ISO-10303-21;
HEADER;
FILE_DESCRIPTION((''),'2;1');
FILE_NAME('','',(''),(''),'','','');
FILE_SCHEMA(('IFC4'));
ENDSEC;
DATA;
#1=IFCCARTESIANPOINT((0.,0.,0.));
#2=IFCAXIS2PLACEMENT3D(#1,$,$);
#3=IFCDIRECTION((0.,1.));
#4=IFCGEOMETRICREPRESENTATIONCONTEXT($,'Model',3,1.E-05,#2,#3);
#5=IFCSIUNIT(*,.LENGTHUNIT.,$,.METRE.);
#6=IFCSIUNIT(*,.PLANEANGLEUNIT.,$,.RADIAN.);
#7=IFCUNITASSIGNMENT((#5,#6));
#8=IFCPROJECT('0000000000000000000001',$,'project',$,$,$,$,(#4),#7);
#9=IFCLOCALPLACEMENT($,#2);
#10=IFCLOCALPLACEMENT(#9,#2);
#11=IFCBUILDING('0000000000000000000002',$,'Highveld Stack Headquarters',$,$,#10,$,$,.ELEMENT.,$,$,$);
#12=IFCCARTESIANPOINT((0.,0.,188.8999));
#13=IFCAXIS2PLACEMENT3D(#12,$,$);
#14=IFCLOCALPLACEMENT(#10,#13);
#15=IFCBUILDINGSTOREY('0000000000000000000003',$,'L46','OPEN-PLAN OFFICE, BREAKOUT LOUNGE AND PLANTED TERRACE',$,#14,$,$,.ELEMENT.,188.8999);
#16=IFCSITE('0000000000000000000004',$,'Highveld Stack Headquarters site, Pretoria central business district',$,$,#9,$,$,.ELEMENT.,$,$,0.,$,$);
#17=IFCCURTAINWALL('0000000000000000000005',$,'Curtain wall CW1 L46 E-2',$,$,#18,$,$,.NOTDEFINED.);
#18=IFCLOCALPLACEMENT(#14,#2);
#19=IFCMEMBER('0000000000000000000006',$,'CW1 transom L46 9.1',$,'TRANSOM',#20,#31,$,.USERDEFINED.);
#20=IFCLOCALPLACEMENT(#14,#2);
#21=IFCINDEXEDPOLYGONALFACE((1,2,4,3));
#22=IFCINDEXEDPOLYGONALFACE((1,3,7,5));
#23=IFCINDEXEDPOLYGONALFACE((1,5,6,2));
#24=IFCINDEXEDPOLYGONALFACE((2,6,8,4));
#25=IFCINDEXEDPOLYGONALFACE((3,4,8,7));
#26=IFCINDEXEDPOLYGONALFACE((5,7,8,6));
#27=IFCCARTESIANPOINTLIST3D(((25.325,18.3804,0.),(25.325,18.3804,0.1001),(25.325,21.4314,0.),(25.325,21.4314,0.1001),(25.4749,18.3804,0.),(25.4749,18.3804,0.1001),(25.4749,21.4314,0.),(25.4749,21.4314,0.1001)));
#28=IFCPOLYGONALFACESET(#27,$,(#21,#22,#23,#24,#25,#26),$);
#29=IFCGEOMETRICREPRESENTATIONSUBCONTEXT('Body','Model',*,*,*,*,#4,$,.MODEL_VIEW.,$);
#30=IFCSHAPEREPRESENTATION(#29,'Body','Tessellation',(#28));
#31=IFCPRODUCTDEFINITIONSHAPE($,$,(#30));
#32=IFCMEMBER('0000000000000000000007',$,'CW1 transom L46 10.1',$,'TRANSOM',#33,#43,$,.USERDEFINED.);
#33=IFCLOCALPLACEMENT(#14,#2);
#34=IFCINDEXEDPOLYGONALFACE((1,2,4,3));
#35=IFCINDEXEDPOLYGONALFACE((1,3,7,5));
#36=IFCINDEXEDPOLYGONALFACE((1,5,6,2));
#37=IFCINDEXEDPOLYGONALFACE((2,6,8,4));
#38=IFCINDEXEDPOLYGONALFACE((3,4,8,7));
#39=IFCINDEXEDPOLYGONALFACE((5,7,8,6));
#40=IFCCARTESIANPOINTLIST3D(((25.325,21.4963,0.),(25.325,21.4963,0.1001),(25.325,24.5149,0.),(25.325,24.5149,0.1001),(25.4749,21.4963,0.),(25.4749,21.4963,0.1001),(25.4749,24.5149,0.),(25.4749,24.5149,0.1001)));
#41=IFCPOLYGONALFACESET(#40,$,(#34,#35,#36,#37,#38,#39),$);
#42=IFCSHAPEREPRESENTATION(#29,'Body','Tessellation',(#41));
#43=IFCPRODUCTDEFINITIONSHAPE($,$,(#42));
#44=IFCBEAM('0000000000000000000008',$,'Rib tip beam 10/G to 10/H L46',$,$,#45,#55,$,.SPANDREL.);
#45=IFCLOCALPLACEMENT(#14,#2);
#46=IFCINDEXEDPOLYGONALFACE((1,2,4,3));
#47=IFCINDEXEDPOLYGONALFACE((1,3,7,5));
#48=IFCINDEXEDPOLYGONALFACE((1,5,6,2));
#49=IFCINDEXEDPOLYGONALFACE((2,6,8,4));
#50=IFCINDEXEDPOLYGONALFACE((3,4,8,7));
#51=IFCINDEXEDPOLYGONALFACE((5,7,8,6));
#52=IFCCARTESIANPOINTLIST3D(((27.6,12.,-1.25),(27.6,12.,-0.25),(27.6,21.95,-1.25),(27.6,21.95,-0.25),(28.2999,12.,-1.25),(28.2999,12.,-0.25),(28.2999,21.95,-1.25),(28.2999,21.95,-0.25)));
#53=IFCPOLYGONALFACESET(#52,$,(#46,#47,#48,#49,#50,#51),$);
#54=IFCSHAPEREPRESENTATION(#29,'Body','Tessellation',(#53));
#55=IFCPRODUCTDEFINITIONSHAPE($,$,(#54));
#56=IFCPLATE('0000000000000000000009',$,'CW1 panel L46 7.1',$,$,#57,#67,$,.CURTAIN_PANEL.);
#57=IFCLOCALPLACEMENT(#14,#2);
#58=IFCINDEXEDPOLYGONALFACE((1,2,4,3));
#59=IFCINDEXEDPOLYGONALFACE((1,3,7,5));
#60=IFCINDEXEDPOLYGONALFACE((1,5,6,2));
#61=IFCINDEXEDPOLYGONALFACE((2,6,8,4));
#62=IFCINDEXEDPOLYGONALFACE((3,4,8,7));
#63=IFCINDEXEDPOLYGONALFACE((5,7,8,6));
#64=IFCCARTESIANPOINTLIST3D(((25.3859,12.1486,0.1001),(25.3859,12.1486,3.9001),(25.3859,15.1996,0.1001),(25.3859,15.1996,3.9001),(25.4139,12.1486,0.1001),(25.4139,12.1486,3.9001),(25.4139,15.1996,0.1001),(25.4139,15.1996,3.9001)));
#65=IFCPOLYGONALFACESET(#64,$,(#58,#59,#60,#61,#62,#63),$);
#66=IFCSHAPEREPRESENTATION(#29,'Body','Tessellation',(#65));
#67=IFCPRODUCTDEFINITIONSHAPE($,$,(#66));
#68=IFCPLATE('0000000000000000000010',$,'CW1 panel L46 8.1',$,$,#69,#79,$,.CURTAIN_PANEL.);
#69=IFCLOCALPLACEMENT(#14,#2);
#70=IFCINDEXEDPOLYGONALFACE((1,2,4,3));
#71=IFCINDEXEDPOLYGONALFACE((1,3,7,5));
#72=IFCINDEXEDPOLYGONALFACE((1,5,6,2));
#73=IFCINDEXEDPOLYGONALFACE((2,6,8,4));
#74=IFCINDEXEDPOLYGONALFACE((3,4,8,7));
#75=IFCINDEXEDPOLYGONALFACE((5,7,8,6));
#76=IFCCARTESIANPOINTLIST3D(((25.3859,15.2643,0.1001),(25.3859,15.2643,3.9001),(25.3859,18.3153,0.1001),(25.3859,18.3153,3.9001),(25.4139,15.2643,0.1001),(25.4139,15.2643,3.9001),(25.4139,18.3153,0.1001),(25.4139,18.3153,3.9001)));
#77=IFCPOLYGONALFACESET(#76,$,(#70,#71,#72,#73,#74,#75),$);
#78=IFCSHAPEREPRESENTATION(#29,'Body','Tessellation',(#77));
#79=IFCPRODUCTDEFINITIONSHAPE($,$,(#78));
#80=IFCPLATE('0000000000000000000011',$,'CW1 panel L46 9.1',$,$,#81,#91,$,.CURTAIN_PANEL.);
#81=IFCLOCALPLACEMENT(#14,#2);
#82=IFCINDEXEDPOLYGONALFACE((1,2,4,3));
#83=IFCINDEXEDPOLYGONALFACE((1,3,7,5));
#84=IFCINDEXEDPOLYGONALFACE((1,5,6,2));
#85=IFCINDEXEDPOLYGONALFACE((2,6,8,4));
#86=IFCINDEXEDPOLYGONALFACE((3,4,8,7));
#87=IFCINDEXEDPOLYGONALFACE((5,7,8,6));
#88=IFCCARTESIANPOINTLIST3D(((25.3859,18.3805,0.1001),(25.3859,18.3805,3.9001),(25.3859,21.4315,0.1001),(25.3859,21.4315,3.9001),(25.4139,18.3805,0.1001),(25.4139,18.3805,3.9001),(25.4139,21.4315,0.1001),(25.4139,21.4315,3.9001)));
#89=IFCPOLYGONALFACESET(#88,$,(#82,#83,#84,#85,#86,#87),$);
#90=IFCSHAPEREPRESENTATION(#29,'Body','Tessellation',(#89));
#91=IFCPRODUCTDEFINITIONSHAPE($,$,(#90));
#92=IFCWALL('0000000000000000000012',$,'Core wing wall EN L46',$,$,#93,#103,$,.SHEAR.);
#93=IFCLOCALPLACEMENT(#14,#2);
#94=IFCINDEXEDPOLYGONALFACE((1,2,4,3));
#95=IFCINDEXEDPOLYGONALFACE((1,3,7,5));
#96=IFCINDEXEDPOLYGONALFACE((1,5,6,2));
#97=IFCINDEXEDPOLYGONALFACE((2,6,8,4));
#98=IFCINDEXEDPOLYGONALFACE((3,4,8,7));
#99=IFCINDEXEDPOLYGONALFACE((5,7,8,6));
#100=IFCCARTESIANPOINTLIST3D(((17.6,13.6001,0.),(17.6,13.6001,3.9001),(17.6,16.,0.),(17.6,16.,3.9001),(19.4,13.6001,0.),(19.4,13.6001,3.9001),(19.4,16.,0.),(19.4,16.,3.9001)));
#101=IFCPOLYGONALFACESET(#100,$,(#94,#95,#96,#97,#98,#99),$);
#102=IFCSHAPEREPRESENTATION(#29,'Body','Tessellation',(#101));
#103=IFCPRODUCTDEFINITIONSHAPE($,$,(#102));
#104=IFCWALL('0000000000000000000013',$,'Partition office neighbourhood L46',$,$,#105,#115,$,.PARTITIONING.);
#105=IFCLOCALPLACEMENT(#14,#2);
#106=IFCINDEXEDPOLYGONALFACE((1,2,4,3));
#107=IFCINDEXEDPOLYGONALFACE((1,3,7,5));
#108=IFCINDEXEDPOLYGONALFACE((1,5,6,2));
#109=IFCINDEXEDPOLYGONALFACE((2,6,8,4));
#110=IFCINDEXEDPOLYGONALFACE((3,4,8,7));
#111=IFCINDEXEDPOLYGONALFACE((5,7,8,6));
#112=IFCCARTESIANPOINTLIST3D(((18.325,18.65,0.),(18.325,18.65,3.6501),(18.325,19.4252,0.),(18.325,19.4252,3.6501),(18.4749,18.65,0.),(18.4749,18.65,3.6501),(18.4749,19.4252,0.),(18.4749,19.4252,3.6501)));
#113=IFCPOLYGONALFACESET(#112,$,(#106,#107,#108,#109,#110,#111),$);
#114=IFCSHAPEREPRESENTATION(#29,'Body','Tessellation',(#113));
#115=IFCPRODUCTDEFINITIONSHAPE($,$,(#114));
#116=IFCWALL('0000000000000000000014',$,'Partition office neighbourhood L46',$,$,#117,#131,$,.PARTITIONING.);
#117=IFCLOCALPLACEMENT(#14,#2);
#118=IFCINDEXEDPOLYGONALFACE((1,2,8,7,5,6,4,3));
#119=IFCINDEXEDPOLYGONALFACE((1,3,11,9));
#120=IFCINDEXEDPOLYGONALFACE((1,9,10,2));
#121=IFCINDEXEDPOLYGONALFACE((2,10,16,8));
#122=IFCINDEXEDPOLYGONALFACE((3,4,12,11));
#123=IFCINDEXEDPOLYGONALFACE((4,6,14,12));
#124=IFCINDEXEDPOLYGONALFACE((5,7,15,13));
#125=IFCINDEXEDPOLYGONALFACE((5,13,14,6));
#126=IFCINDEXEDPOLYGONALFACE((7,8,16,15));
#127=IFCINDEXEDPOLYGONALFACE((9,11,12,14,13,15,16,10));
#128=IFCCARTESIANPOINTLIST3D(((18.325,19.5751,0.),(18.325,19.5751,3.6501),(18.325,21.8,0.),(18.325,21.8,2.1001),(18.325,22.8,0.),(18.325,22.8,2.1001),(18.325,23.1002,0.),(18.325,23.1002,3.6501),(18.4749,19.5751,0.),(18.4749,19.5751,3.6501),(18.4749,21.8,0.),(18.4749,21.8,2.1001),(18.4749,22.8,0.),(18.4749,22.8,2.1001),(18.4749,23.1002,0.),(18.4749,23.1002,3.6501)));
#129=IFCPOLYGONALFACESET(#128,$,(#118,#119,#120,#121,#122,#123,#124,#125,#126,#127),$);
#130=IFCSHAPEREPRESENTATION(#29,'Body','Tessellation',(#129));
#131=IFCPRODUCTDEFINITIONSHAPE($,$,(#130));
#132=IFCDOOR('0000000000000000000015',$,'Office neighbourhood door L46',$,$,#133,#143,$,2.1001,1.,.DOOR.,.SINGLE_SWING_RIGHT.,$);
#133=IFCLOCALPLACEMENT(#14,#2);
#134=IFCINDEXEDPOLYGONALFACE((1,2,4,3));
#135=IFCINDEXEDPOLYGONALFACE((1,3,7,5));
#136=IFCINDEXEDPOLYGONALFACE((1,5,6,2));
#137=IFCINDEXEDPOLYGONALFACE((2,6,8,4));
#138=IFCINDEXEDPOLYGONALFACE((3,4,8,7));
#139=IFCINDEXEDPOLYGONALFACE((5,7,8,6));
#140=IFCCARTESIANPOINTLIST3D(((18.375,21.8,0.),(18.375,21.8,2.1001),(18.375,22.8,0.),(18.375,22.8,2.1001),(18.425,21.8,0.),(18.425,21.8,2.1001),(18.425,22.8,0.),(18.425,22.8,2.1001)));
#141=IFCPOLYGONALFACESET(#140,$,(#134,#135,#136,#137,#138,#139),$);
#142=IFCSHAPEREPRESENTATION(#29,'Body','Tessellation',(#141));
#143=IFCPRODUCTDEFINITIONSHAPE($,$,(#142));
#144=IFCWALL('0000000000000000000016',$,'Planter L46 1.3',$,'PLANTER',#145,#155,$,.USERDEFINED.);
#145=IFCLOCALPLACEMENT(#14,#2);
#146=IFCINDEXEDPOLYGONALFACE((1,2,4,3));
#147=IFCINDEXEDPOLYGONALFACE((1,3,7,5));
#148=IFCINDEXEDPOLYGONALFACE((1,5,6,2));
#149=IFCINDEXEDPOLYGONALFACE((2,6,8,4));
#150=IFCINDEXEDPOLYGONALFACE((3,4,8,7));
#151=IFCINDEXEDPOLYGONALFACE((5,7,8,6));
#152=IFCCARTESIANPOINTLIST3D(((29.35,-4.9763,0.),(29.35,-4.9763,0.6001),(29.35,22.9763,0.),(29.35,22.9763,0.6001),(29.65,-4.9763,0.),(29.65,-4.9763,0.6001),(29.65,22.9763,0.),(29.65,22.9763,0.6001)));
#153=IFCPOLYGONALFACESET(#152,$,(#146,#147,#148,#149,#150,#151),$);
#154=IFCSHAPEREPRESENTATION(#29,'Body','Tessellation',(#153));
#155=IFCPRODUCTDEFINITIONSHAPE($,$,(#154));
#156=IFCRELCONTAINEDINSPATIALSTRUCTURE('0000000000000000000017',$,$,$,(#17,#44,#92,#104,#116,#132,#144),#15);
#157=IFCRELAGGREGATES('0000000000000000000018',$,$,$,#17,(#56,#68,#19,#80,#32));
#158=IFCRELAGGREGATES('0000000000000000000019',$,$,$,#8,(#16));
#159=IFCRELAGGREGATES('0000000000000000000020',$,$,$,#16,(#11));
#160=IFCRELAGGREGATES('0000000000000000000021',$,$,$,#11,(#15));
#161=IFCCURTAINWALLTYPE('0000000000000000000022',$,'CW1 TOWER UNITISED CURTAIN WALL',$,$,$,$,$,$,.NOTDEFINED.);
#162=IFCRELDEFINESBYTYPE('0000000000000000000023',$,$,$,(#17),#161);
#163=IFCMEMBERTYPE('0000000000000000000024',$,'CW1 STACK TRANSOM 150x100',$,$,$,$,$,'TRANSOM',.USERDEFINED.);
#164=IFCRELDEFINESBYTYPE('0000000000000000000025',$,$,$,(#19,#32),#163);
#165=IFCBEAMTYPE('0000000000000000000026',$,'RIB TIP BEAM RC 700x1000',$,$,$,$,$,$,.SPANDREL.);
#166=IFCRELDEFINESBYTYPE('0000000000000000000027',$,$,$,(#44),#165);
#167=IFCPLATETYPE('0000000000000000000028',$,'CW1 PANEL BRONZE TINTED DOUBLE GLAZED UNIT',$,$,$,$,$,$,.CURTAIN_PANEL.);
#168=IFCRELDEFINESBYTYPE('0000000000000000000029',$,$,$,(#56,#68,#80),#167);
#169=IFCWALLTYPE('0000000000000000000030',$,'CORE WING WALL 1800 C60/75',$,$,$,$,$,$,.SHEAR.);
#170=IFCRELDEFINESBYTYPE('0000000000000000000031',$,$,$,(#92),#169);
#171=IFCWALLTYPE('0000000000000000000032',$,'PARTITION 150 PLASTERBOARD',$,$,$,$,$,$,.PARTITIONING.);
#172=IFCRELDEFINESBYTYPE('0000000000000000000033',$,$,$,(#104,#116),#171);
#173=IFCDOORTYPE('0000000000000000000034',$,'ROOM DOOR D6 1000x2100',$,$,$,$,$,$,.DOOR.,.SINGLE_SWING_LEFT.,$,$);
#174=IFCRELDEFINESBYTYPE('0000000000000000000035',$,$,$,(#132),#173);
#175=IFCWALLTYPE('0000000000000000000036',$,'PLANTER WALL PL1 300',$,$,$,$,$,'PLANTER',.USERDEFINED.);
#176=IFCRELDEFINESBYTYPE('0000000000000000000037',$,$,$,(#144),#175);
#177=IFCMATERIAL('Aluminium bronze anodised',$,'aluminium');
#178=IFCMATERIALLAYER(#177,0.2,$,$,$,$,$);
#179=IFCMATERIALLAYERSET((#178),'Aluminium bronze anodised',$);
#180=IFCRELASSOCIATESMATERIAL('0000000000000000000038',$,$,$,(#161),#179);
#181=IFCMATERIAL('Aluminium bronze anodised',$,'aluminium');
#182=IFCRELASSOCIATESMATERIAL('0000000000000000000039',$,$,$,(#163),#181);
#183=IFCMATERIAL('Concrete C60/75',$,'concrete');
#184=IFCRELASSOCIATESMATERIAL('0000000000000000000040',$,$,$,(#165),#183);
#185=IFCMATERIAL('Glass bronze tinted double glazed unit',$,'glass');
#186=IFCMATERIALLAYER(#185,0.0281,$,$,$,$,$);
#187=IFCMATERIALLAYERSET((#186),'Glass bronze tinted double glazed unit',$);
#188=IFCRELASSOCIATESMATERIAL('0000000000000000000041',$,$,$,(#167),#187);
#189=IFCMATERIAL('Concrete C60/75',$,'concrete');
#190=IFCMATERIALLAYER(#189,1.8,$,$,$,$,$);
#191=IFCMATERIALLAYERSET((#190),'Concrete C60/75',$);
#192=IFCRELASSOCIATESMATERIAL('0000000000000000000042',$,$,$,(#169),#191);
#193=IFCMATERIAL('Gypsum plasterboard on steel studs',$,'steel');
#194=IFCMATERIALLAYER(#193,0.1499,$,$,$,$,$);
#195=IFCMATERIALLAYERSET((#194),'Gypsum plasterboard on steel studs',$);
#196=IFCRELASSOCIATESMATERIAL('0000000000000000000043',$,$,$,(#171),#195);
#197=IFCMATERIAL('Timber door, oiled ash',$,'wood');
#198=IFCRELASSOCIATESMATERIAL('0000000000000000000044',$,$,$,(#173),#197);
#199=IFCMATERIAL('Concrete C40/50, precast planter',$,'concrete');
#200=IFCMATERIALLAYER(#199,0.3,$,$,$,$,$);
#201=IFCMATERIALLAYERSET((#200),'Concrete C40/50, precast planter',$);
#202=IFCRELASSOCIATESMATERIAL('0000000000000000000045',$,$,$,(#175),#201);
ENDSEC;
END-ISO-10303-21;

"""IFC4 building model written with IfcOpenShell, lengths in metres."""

from ifc_helpers import new_model, si_unit, direction, frame, frame_2d, origin, origin_2d, place, context, subcontext, project, spatial, rectangle, extrude, material, layer, layer_set, material_profile, profile_set, type_object, element, fill, aggregate, save


model = new_model("IFC4")

# Units and contexts
model_context = context("Model", 3, precision=1e-05, world=origin(), true_north=direction((0.0, 1.0)))
body_context = subcontext(model_context, "Body", "Model", "MODEL_VIEW")
ifc_project = project(units=[si_unit("LENGTHUNIT", "METRE"), si_unit("PLANEANGLEUNIT", "RADIAN")], contexts=[model_context])

# Site, building, storey
site_placement = place(None, origin())
site = spatial("IfcSite", under=ifc_project, at=site_placement, Name="Highveld Stack Headquarters site, Pretoria central business district", CompositionType="ELEMENT", RefElevation=0.0)
building_placement = place(site_placement, origin())
building = spatial("IfcBuilding", under=site, at=building_placement, Name="Highveld Stack Headquarters", CompositionType="ELEMENT")
storey_placement = place(building_placement, frame((0.0, 0.0, 188.8999)))
storey = spatial("IfcBuildingStorey", under=building, at=storey_placement, Name="L46", Description="OPEN-PLAN OFFICE, BREAKOUT LOUNGE AND PLANTED TERRACE", CompositionType="ELEMENT", Elevation=188.8999)

# Curtain wall, members
ifc_material_1 = material(Name="Aluminium bronze anodised", Category="aluminium")
ifc_layer_1 = layer(ifc_material_1, 0.2)
ifc_layer_set_1 = layer_set([ifc_layer_1], Name="Aluminium bronze anodised")
curtain_wall_type = type_object("IfcCurtainWallType", Name="CW1 TOWER UNITISED CURTAIN WALL", PredefinedType="NOTDEFINED", material=ifc_layer_set_1)
curtain_wall_placement = place(storey_placement, origin())
curtain_wall = element("IfcCurtainWall", 1, at=curtain_wall_placement, inside=storey, type_object=curtain_wall_type, Name="Curtain wall CW1 L46 E-2", PredefinedType="NOTDEFINED")
ifc_material_2 = material(Name="Aluminium bronze anodised", Category="aluminium")
ifc_material_profile_1 = material_profile(ifc_material_2, rectangle(XDim=0.1499, YDim=0.1001, at=origin_2d()), Name="CW1 TRANSOM 150x100")
ifc_profile_set_1 = profile_set([ifc_material_profile_1], Name="Aluminium bronze anodised")
member_type_1 = type_object("IfcMemberType", Name="CW1 STACK TRANSOM 150x100", ElementType="TRANSOM", PredefinedType="USERDEFINED", material=ifc_profile_set_1)
member_1_placement = place(storey_placement, frame((25.3999, 18.3804, 0.05), z_axis=(0.0, 1.0, 0.0), x_axis=(-1.0, 0.0, 0.0)))
member_1 = element("IfcMember", 2, at=member_1_placement, type_object=member_type_1, Name="CW1 transom L46 9.1", ObjectType="TRANSOM", PredefinedType="USERDEFINED", context=body_context, shape_type="SweptSolid", body=[
    extrude(rectangle(XDim=0.1499, YDim=0.1001, at=origin_2d()), origin(), (0.0, 0.0, 1.0), 3.051),
])
member_2_placement = place(storey_placement, frame((25.3999, 21.4963, 0.05), z_axis=(0.0, 1.0, 0.0), x_axis=(-1.0, 0.0, 0.0)))
member_2 = element("IfcMember", 3, at=member_2_placement, type_object=member_type_1, Name="CW1 transom L46 10.1", ObjectType="TRANSOM", PredefinedType="USERDEFINED", context=body_context, shape_type="SweptSolid", body=[
    extrude(rectangle(XDim=0.1499, YDim=0.1001, at=origin_2d()), origin(), (0.0, 0.0, 1.0), 3.0186),
])

# Beam
ifc_material_3 = material(Name="Concrete C60/75", Category="concrete")
ifc_material_profile_2 = material_profile(ifc_material_3, rectangle(XDim=0.7, YDim=1.0, at=origin_2d()), Name="RC 700x1000")
ifc_profile_set_2 = profile_set([ifc_material_profile_2], Name="Concrete C60/75")
beam_type_1 = type_object("IfcBeamType", Name="RIB TIP BEAM RC 700x1000", PredefinedType="SPANDREL", material=ifc_profile_set_2)
beam_1_placement = place(storey_placement, frame((27.95, 12.0, -0.75), z_axis=(0.0, 1.0, 0.0), x_axis=(-1.0, 0.0, 0.0)))
element("IfcBeam", 4, at=beam_1_placement, inside=storey, type_object=beam_type_1, Name="Rib tip beam 10/G to 10/H L46", PredefinedType="SPANDREL", context=body_context, shape_type="SweptSolid", body=[
    extrude(rectangle(XDim=0.7, YDim=1.0, at=origin_2d()), origin(), (0.0, 0.0, 1.0), 9.95),
])

# Plates
ifc_material_4 = material(Name="Glass bronze tinted double glazed unit", Category="glass")
ifc_layer_2 = layer(ifc_material_4, 0.0281)
ifc_layer_set_2 = layer_set([ifc_layer_2], Name="Glass bronze tinted double glazed unit")
plate_type = type_object("IfcPlateType", Name="CW1 PANEL BRONZE TINTED DOUBLE GLAZED UNIT", PredefinedType="CURTAIN_PANEL", material=ifc_layer_set_2)
plate_1_placement = place(storey_placement, frame((25.3999, 13.6741, 0.1001), z_axis=(0.0, 0.0, 1.0), x_axis=(0.0, 1.0, 0.0)))
plate_1 = element("IfcPlate", 5, at=plate_1_placement, type_object=plate_type, Name="CW1 panel L46 7.1", PredefinedType="CURTAIN_PANEL", context=body_context, shape_type="SweptSolid", body=[
    extrude(rectangle(XDim=3.051, YDim=0.0281, at=origin_2d()), origin(), (0.0, 0.0, 1.0), 3.8),
])
plate_2_placement = place(storey_placement, frame((25.3999, 16.7898, 0.1001), z_axis=(0.0, 0.0, 1.0), x_axis=(0.0, 1.0, 0.0)))
plate_2 = element("IfcPlate", 6, at=plate_2_placement, type_object=plate_type, Name="CW1 panel L46 8.1", PredefinedType="CURTAIN_PANEL", context=body_context, shape_type="SweptSolid", body=[
    extrude(rectangle(XDim=3.051, YDim=0.0281, at=origin_2d()), origin(), (0.0, 0.0, 1.0), 3.8),
])
plate_3_placement = place(storey_placement, frame((25.3999, 19.906, 0.1001), z_axis=(0.0, 0.0, 1.0), x_axis=(0.0, 1.0, 0.0)))
plate_3 = element("IfcPlate", 7, at=plate_3_placement, type_object=plate_type, Name="CW1 panel L46 9.1", PredefinedType="CURTAIN_PANEL", context=body_context, shape_type="SweptSolid", body=[
    extrude(rectangle(XDim=3.051, YDim=0.0281, at=origin_2d()), origin(), (0.0, 0.0, 1.0), 3.8),
])
aggregate(curtain_wall, [plate_1, plate_2, member_1, plate_3, member_2])

# Walls
ifc_material_5 = material(Name="Concrete C60/75", Category="concrete")
ifc_layer_3 = layer(ifc_material_5, 1.8)
ifc_layer_set_3 = layer_set([ifc_layer_3], Name="Concrete C60/75")
wall_type_1 = type_object("IfcWallType", Name="CORE WING WALL 1800 C60/75", PredefinedType="SHEAR", material=ifc_layer_set_3)
wall_1_placement = place(storey_placement, frame((18.5, 13.6001, 0.0), z_axis=(0.0, 0.0, 1.0), x_axis=(0.0, 1.0, 0.0)))
element("IfcWall", 8, at=wall_1_placement, inside=storey, type_object=wall_type_1, Name="Core wing wall EN L46", PredefinedType="SHEAR", context=body_context, shape_type="SweptSolid", body=[
    extrude(rectangle(XDim=2.3999, YDim=1.8, at=frame_2d((1.2, 0.0))), origin(), (0.0, 0.0, 1.0), 3.9001),
])
ifc_material_6 = material(Name="Gypsum plasterboard on steel studs", Category="steel")
ifc_layer_4 = layer(ifc_material_6, 0.1499)
ifc_layer_set_4 = layer_set([ifc_layer_4], Name="Gypsum plasterboard on steel studs")
wall_type_2 = type_object("IfcWallType", Name="PARTITION 150 PLASTERBOARD", PredefinedType="PARTITIONING", material=ifc_layer_set_4)
wall_2_placement = place(storey_placement, frame((18.3999, 18.6499, 0.0), z_axis=(0.0, 0.0, 1.0), x_axis=(0.0, 1.0, 0.0)))
element("IfcWall", 9, at=wall_2_placement, inside=storey, type_object=wall_type_2, Name="Partition office neighbourhood L46", PredefinedType="PARTITIONING", context=body_context, shape_type="SweptSolid", body=[
    extrude(rectangle(XDim=0.7751, YDim=0.1499, at=frame_2d((0.3877, 0.0))), origin(), (0.0, 0.0, 1.0), 3.6501),
])

# Wall, opening, door
wall_3_placement = place(storey_placement, frame((18.3999, 19.575, 0.0), z_axis=(0.0, 0.0, 1.0), x_axis=(0.0, 1.0, 0.0)))
wall_3 = element("IfcWall", 10, at=wall_3_placement, inside=storey, type_object=wall_type_2, Name="Partition office neighbourhood L46", PredefinedType="PARTITIONING", context=body_context, shape_type="SweptSolid", body=[
    extrude(rectangle(XDim=3.5251, YDim=0.1499, at=frame_2d((1.7627, 0.0))), origin(), (0.0, 0.0, 1.0), 3.6501),
])
opening_placement = place(wall_3_placement, frame((2.2251, 0.0, 0.0)))
opening = element("IfcOpeningElement", 11, at=opening_placement, cuts=wall_3, PredefinedType="OPENING", context=body_context, shape_type="SweptSolid", body=[
    extrude(rectangle(XDim=1.0, YDim=2.1001, at=frame_2d((0.5, 1.05))), frame((0.0, 0.085, 0.0), z_axis=(0.0, -1.0, 0.0), x_axis=(1.0, 0.0, 0.0)), (0.0, 0.0, 1.0), 0.1699),
])
ifc_material_7 = material(Name="Timber door, oiled ash", Category="wood")
door_type = type_object("IfcDoorType", Name="ROOM DOOR D6 1000x2100", OperationType="SINGLE_SWING_LEFT", PredefinedType="DOOR", material=ifc_material_7)
door_placement = place(opening_placement, origin())
door = element("IfcDoor", 12, at=door_placement, inside=storey, type_object=door_type, Name="Office neighbourhood door L46", OperationType="SINGLE_SWING_RIGHT", OverallHeight=2.1001, OverallWidth=1.0, PredefinedType="DOOR", context=body_context, shape_type="SweptSolid", body=[
    extrude(rectangle(XDim=1.0, YDim=2.1001, at=frame_2d((0.5, 1.05))), frame((0.0, 0.0249, 0.0), z_axis=(0.0, -1.0, 0.0), x_axis=(1.0, 0.0, 0.0)), (0.0, 0.0, 1.0), 0.05),
])
fill(opening, door)

# Wall
ifc_material_8 = material(Name="Concrete C40/50, precast planter", Category="concrete")
ifc_layer_5 = layer(ifc_material_8, 0.3)
ifc_layer_set_5 = layer_set([ifc_layer_5], Name="Concrete C40/50, precast planter")
wall_type_3 = type_object("IfcWallType", Name="PLANTER WALL PL1 300", ElementType="PLANTER", PredefinedType="USERDEFINED", material=ifc_layer_set_5)
wall_4_placement = place(storey_placement, frame((29.5, 22.9763, 0.0), z_axis=(0.0, 0.0, 1.0), x_axis=(0.0, -1.0, 0.0)))
element("IfcWall", 13, at=wall_4_placement, inside=storey, type_object=wall_type_3, Name="Planter L46 1.3", ObjectType="PLANTER", PredefinedType="USERDEFINED", context=body_context, shape_type="SweptSolid", body=[
    extrude(rectangle(XDim=27.9526, YDim=0.3, at=frame_2d((13.9763, 0.0))), origin(), (0.0, 0.0, 1.0), 0.6001),
])

save(model, "model.ifc")
